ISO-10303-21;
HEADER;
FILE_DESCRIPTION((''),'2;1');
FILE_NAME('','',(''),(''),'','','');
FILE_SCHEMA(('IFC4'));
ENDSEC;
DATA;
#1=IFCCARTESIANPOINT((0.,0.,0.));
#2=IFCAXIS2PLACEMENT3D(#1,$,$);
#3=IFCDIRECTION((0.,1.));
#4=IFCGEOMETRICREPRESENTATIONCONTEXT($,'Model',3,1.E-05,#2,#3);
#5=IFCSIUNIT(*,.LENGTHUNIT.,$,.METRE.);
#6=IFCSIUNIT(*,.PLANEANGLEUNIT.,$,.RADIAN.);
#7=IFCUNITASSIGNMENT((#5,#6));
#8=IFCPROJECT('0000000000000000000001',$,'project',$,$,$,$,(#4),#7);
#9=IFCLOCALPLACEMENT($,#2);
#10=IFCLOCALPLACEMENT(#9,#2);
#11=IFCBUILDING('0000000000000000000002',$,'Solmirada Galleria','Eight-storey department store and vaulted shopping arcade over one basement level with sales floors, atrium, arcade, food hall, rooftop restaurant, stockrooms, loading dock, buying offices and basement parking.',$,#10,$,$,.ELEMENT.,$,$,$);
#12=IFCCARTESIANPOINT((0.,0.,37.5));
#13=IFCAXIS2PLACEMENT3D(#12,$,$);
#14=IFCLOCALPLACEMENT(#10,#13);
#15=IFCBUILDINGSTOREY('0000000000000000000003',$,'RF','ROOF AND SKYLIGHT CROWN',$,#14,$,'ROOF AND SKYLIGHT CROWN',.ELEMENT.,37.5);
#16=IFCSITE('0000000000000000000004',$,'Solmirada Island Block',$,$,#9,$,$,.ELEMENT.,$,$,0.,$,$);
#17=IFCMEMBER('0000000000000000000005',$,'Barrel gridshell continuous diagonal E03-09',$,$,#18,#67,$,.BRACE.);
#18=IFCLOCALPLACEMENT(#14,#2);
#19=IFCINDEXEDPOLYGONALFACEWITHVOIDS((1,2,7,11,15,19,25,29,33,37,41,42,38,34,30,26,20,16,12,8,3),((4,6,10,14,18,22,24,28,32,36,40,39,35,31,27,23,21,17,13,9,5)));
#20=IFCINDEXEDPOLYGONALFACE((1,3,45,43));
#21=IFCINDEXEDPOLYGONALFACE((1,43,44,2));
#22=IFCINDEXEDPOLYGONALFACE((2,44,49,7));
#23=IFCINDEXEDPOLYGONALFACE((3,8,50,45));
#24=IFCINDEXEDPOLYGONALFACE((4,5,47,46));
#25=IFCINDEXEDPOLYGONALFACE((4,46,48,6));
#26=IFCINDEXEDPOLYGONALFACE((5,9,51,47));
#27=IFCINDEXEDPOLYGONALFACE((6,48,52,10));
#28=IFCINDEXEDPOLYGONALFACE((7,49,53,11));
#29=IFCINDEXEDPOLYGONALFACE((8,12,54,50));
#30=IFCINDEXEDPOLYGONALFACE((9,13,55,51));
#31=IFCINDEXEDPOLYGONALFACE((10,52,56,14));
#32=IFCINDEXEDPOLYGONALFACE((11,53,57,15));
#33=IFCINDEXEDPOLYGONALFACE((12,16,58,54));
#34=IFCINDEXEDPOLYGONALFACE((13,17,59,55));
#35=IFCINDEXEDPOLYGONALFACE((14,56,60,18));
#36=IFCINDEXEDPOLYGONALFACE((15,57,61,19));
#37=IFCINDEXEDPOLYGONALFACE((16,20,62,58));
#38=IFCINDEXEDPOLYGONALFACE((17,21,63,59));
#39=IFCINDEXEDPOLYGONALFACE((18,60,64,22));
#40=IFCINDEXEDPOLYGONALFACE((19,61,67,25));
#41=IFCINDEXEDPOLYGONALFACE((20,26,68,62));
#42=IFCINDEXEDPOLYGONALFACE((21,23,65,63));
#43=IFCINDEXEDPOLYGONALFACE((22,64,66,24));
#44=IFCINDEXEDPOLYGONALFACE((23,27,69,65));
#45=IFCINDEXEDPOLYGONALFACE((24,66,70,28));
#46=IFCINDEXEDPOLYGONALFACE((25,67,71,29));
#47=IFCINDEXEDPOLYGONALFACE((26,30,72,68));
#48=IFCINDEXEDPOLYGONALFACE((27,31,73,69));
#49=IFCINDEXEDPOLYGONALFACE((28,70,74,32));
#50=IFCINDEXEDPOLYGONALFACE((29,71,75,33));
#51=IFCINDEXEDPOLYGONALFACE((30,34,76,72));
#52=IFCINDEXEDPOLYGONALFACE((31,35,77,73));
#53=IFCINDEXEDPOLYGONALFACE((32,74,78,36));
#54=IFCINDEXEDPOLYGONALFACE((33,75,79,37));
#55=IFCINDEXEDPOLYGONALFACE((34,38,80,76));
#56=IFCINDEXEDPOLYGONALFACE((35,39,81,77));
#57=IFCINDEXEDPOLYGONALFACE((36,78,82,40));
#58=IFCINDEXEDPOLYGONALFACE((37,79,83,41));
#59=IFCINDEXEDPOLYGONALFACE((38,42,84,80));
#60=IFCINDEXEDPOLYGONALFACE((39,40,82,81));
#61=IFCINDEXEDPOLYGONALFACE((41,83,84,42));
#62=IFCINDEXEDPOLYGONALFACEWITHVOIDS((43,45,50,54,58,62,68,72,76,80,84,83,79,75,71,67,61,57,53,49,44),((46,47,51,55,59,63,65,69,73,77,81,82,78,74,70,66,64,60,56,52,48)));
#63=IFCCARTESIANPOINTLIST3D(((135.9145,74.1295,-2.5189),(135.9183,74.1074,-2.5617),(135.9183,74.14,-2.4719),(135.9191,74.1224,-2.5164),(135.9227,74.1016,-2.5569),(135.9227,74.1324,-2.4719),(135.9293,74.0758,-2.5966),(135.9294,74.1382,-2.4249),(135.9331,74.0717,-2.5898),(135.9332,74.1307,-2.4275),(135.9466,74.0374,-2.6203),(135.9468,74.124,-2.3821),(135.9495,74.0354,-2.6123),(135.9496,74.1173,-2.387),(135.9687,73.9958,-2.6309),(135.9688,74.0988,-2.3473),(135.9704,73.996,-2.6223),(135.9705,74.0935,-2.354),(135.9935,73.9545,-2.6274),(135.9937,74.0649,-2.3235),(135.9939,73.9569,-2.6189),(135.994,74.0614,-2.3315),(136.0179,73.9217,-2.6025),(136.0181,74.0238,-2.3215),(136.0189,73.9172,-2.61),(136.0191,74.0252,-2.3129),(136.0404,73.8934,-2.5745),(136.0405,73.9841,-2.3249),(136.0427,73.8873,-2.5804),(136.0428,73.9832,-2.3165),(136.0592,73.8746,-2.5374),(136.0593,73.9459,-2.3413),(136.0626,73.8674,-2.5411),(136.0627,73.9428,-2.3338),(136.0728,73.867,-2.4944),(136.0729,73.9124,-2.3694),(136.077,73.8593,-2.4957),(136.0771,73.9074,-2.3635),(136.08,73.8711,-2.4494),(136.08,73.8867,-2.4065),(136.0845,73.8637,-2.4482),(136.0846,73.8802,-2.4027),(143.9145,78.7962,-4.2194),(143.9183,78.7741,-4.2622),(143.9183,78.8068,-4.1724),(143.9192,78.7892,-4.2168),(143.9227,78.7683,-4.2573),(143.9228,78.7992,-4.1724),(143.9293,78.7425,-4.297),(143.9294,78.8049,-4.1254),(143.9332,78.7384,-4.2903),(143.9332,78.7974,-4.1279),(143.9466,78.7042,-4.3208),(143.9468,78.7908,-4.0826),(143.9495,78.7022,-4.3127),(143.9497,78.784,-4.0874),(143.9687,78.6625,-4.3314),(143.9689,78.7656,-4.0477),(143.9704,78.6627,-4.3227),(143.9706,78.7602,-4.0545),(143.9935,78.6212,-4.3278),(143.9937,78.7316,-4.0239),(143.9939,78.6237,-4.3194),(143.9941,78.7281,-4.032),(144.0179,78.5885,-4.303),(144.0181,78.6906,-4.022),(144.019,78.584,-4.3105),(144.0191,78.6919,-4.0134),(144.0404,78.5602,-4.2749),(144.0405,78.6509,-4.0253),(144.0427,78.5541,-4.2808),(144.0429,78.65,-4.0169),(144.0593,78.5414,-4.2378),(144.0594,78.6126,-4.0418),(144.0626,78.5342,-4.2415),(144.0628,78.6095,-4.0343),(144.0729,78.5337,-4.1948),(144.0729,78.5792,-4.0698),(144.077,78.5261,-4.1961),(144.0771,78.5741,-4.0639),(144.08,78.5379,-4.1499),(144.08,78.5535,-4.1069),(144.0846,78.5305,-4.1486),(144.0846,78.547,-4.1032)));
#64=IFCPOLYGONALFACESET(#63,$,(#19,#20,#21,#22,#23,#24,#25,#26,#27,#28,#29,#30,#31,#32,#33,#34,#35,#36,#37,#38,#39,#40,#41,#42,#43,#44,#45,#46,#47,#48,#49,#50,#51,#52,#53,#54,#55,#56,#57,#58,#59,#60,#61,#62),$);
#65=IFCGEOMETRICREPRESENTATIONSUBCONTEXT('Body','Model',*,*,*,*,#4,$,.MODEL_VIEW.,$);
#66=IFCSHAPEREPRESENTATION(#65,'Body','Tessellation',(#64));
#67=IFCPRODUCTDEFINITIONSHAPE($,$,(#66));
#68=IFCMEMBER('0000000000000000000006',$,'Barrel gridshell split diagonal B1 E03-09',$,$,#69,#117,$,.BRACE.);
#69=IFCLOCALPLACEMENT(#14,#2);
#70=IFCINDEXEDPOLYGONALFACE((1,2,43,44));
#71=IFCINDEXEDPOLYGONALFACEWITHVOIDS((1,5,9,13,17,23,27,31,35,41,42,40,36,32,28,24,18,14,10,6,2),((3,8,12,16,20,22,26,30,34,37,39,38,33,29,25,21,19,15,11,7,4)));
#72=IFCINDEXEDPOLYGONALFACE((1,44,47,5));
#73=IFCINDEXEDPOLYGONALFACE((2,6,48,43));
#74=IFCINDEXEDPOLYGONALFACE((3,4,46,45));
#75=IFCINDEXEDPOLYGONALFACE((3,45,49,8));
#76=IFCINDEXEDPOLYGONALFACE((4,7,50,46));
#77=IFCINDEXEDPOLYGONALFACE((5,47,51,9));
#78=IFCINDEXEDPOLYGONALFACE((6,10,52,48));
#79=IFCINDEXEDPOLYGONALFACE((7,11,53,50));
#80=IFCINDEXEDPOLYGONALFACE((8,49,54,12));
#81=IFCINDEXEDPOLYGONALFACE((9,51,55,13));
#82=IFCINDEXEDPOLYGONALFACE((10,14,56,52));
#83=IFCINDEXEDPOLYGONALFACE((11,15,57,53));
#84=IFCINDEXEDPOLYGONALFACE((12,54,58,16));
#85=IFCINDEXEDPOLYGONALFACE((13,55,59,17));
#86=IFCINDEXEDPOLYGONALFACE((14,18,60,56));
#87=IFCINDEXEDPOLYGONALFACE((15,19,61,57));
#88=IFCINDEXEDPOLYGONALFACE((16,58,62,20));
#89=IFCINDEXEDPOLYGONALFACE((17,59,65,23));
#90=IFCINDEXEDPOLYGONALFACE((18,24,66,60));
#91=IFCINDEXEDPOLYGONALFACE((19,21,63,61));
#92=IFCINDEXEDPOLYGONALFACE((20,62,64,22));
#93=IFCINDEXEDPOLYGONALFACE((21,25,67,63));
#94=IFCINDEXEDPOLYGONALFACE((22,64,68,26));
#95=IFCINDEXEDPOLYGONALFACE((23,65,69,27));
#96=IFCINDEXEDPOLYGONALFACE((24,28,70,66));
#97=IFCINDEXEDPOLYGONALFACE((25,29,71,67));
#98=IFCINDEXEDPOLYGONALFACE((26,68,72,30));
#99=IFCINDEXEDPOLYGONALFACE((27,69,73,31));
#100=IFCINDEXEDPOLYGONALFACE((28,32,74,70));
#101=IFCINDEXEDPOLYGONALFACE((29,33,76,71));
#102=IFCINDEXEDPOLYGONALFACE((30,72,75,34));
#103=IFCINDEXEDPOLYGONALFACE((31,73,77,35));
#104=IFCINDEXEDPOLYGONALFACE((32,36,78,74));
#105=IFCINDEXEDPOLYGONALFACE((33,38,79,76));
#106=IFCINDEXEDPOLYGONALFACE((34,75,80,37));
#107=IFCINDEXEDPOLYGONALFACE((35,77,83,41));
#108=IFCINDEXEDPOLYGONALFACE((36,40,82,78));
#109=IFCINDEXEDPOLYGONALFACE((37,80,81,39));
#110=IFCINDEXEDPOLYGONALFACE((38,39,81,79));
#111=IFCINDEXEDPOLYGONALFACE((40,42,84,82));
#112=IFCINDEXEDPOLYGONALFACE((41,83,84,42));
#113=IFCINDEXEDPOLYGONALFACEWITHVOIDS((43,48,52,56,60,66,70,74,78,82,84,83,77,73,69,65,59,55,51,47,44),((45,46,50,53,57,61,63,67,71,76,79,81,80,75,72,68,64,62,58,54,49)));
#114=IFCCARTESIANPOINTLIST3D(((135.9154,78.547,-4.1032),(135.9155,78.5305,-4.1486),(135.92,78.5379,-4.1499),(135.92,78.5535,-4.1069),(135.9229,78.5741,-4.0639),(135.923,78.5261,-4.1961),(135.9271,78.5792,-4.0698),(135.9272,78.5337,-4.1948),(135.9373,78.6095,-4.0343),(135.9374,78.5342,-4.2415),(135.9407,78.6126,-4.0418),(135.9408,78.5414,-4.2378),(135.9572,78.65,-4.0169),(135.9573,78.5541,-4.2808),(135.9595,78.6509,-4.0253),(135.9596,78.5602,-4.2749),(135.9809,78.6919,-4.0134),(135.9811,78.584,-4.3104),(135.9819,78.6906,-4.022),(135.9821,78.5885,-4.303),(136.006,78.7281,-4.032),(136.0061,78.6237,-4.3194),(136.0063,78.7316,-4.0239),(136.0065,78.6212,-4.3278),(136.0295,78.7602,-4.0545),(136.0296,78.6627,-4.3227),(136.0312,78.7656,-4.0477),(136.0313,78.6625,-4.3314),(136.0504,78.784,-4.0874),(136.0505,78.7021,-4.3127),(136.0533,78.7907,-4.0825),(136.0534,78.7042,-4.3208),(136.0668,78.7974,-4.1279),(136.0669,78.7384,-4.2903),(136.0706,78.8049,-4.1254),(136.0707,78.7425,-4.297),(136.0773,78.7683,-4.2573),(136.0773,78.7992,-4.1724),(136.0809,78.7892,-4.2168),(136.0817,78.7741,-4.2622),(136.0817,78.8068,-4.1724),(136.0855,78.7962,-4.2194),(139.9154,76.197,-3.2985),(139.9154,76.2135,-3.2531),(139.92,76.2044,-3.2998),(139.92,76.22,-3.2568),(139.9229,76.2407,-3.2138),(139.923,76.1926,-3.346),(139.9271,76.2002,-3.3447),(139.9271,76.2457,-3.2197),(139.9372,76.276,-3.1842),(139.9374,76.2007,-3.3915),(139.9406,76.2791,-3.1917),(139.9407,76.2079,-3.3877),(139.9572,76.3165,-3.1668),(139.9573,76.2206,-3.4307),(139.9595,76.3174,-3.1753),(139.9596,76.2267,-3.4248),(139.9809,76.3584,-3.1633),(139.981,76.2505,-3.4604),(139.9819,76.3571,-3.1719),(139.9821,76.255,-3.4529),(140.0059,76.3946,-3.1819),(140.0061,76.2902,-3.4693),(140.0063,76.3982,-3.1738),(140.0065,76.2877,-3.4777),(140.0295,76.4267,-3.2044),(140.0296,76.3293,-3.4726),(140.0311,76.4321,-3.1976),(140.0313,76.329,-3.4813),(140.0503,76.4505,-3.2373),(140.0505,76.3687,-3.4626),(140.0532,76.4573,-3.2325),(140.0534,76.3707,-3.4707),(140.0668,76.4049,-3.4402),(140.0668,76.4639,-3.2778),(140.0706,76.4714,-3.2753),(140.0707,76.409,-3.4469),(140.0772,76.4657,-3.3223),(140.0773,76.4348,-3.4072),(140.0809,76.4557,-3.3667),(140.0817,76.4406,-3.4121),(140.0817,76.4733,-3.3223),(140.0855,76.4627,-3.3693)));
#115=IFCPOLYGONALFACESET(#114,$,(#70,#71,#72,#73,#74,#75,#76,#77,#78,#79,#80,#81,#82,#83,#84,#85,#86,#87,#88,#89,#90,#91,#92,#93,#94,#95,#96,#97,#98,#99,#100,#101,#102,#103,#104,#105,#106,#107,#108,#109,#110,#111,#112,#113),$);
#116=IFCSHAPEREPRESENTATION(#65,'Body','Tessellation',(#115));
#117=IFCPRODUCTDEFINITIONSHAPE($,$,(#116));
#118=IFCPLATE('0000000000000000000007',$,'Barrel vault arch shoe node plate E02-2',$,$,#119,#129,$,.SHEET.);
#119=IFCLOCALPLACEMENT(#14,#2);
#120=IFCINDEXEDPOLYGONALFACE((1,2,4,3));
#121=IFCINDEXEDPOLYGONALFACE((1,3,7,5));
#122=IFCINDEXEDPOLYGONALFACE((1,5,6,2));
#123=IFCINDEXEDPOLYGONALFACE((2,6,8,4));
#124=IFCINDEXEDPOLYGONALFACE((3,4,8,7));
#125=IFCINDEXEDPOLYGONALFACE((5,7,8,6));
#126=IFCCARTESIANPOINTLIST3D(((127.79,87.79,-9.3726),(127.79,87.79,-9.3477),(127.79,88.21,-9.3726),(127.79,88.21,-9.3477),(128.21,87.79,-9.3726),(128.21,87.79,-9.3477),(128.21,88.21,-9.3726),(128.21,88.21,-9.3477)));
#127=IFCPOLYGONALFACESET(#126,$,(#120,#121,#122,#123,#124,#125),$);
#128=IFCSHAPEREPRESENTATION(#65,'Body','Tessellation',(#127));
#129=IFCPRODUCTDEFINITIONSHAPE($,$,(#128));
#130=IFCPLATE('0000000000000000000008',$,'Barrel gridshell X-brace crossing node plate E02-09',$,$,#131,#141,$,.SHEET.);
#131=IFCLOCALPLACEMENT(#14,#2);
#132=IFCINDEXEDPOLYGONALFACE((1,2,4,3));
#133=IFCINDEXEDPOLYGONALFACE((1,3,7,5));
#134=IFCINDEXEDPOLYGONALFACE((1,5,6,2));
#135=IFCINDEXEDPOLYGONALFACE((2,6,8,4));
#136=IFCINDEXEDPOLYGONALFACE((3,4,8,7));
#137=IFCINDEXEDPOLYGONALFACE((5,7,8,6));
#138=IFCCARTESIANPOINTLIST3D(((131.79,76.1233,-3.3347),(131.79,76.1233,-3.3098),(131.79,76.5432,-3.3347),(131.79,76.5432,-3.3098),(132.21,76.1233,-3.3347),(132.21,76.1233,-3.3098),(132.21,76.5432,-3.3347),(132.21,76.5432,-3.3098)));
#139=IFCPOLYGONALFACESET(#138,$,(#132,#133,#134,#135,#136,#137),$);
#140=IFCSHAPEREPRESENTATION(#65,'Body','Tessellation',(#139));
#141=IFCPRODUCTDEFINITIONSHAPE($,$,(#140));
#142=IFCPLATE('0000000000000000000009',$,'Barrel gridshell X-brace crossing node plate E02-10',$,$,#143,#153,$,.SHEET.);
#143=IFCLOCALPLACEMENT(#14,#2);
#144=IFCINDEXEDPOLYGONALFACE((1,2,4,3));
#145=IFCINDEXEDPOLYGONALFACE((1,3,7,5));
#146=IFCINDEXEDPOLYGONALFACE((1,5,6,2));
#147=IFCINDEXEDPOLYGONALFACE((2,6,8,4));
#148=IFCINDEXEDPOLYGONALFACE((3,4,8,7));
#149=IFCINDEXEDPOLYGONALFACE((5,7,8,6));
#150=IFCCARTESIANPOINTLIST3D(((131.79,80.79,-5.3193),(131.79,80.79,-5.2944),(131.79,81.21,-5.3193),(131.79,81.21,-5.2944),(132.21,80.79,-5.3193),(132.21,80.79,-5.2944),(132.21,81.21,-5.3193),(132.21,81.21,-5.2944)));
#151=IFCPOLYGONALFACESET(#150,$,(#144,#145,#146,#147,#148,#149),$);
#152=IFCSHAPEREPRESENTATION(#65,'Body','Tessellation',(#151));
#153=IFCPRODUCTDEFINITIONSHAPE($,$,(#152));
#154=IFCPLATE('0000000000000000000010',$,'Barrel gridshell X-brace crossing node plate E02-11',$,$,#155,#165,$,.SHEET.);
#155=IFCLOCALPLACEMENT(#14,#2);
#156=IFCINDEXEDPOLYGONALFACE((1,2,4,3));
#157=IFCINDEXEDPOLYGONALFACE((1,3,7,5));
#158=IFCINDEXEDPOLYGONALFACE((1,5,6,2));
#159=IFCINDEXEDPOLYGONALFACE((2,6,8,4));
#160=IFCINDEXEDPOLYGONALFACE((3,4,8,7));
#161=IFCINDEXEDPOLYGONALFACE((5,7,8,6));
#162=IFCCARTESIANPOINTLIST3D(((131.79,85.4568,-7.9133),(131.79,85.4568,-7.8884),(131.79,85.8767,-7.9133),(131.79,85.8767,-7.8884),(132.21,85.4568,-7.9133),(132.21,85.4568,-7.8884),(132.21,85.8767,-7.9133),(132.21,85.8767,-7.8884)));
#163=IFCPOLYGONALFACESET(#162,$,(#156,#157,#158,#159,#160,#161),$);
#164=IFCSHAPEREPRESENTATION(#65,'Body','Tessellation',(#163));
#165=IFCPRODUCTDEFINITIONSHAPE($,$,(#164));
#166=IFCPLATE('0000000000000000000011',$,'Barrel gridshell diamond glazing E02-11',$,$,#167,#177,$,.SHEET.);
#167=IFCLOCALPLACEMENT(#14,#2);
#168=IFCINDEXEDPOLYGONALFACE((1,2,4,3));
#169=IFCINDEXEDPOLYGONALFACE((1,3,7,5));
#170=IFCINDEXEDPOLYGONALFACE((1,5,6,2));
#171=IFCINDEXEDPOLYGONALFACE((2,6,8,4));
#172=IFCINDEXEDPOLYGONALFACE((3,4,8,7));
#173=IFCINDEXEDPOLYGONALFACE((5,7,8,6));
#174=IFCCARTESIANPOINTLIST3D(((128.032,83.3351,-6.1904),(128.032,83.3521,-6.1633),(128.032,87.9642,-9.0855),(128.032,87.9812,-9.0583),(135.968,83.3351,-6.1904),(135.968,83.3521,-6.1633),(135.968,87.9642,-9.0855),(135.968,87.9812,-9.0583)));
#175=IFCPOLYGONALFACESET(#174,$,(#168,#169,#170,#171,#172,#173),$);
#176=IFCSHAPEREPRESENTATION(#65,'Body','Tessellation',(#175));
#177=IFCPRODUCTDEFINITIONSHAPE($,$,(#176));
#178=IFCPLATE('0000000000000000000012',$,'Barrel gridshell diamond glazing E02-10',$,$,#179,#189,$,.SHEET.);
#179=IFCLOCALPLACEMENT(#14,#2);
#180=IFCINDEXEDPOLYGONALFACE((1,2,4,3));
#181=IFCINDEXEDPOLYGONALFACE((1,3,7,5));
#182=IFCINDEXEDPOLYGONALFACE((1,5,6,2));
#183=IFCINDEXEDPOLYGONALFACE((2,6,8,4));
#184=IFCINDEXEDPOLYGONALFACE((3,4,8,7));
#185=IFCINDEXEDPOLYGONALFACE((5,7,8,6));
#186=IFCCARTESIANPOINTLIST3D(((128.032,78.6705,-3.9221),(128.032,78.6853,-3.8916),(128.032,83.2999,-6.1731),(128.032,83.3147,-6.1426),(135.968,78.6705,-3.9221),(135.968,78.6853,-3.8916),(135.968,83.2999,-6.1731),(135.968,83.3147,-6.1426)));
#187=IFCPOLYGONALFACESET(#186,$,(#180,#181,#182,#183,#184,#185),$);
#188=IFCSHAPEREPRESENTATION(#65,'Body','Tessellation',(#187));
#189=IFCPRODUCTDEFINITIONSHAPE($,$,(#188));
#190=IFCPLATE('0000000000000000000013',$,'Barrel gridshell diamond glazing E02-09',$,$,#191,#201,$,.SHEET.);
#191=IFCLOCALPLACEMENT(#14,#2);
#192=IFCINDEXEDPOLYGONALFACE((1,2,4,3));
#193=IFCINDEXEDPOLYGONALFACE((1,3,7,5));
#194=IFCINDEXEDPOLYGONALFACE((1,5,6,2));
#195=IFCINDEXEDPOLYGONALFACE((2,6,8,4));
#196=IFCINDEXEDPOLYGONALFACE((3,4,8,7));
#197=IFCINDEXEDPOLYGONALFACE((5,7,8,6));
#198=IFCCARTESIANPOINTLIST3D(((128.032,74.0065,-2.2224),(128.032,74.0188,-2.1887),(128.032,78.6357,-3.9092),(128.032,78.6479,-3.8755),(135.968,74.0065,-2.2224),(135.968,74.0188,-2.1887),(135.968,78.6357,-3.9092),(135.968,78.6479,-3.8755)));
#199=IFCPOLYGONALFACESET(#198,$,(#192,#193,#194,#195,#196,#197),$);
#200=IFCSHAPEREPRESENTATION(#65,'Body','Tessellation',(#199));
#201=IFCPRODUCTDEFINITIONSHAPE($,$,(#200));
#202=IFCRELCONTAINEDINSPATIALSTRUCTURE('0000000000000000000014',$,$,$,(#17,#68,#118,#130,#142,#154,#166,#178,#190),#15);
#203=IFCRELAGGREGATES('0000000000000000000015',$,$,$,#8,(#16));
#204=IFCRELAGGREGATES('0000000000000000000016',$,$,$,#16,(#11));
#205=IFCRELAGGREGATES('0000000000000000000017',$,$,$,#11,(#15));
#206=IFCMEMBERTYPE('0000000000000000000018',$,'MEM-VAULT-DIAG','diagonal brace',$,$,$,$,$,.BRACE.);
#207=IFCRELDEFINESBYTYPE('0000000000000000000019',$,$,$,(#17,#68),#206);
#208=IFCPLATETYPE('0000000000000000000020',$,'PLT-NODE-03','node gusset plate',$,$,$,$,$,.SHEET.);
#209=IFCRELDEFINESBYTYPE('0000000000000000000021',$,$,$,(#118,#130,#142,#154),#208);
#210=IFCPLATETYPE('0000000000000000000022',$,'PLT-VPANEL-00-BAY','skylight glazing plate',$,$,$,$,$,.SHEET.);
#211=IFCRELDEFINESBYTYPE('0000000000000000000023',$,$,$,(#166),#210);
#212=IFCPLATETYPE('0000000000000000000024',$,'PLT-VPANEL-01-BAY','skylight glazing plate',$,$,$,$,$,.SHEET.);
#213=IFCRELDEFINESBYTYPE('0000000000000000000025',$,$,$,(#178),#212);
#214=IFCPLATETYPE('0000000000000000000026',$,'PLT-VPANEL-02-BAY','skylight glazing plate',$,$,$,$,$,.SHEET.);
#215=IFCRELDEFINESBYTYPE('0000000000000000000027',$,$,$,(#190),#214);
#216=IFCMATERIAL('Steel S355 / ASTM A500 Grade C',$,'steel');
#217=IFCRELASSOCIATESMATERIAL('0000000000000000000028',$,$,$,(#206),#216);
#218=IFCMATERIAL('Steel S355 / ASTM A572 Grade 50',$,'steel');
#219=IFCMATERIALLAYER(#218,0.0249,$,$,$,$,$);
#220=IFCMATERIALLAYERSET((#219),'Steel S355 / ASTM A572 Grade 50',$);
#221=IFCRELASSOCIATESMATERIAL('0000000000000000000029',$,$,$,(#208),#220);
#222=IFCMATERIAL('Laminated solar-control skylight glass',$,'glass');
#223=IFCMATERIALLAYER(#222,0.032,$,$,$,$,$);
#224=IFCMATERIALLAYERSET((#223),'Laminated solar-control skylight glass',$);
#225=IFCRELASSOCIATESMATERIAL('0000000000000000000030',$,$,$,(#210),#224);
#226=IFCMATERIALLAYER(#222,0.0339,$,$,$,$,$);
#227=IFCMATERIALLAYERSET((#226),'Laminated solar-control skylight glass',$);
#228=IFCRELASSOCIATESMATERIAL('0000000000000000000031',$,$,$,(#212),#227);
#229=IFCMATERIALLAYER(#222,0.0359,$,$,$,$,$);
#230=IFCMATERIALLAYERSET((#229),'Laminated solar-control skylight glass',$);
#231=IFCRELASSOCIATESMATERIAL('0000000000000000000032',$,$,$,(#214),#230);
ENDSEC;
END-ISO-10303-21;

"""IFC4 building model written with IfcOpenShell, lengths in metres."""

from ifc_helpers import new_model, si_unit, direction, frame, origin, origin_2d, place, context, subcontext, project, spatial, polyline, rectangle, hollow_circle, outline, extrude, material, layer, layer_set, material_profile, profile_set, type_object, element, save


model = new_model("IFC4")

# Units and contexts
model_context = context("Model", 3, precision=1e-05, world=origin(), true_north=direction((0.0, 1.0)))
body_context = subcontext(model_context, "Body", "Model", "MODEL_VIEW")
ifc_project = project(units=[si_unit("LENGTHUNIT", "METRE"), si_unit("PLANEANGLEUNIT", "RADIAN")], contexts=[model_context])

# Site, building, storey
site_placement = place(None, origin())
site = spatial("IfcSite", under=ifc_project, at=site_placement, Name="Solmirada Island Block", CompositionType="ELEMENT", RefElevation=0.0)
building_placement = place(site_placement, origin())
building = spatial("IfcBuilding", under=site, at=building_placement, Name="Solmirada Galleria", Description="Eight-storey department store and vaulted shopping arcade over one basement level with sales floors, atrium, arcade, food hall, rooftop restaurant, stockrooms, loading dock, buying offices and basement parking.", CompositionType="ELEMENT")
storey_placement = place(building_placement, frame((0.0, 0.0, 37.5)))
storey = spatial("IfcBuildingStorey", under=building, at=storey_placement, Name="RF", Description="ROOF AND SKYLIGHT CROWN", LongName="ROOF AND SKYLIGHT CROWN", CompositionType="ELEMENT", Elevation=37.5)

# Members
ifc_material_1 = material(Name="Steel S355 / ASTM A500 Grade C", Category="steel")
ifc_material_profile_1 = material_profile(ifc_material_1, hollow_circle(Radius=0.1621, WallThickness=0.0088, at=origin_2d()), Name="HSS12.750X0.375")
ifc_profile_set_1 = profile_set([ifc_material_profile_1], Name="Steel S355 / ASTM A500 Grade C")
member_type_1 = type_object("IfcMemberType", Name="MEM-VAULT-DIAG", Description="diagonal brace", PredefinedType="BRACE", material=ifc_profile_set_1)
member_1_placement = place(storey_placement, frame((136.0, 74.0, -2.4719), z_axis=(0.849575, 0.495594, -0.180581), x_axis=(-0.503878, 0.863775, 0.0)))
element("IfcMember", 1, at=member_1_placement, inside=storey, type_object=member_type_1, Name="Barrel gridshell continuous diagonal E03-09", PredefinedType="BRACE", context=body_context, shape_type="SweptSolid", body=[
    extrude(hollow_circle(Radius=0.1621, WallThickness=0.0088, at=origin_2d()), origin(), (0.0, 0.0, 1.0), 9.4165),
])
member_2_placement = place(storey_placement, frame((136.0, 78.6667, -4.1724), z_axis=(0.849568, -0.495616, 0.180554), x_axis=(0.503897, 0.863764, 0.0)))
element("IfcMember", 2, at=member_2_placement, inside=storey, type_object=member_type_1, Name="Barrel gridshell split diagonal B1 E03-09", PredefinedType="BRACE", context=body_context, shape_type="SweptSolid", body=[
    extrude(hollow_circle(Radius=0.1621, WallThickness=0.0088, at=origin_2d()), origin(), (0.0, 0.0, 1.0), 4.7083),
])

# Plates
ifc_material_2 = material(Name="Steel S355 / ASTM A572 Grade 50", Category="steel")
ifc_layer_1 = layer(ifc_material_2, 0.0249)
ifc_layer_set_1 = layer_set([ifc_layer_1], Name="Steel S355 / ASTM A572 Grade 50")
plate_type_1 = type_object("IfcPlateType", Name="PLT-NODE-03", Description="node gusset plate", PredefinedType="SHEET", material=ifc_layer_set_1)
for number, where, z_axis, x_axis, name in (
    (3, (128.0, 88.0, -9.3726), (0.0, 0.0, 1.0), (1.0, 0.0, 0.0), "Barrel vault arch shoe node plate E02-2"),
    (4, (132.0, 76.3333, -3.3347), (0.0, 0.0, 1.0), (1.0, 0.0, 0.0), "Barrel gridshell X-brace crossing node plate E02-09"),
    (5, (132.0, 81.0, -5.3193), (0.0, 0.0, 1.0), (1.0, 0.0, 0.0), "Barrel gridshell X-brace crossing node plate E02-10"),
    (6, (132.0, 85.6667, -7.9133), (0.0, 0.0, 1.0), (1.0, 0.0, 0.0), "Barrel gridshell X-brace crossing node plate E02-11"),
):
    element("IfcPlate", number, at=place(storey_placement, frame(where, z_axis=z_axis, x_axis=x_axis)), inside=storey, type_object=plate_type_1, Name=name, PredefinedType="SHEET", context=body_context, shape_type="SweptSolid", body=[
        extrude(rectangle(XDim=0.4199, YDim=0.4199, at=origin_2d()), origin(), (0.0, 0.0, 1.0), 0.0249),
    ])
ifc_material_3 = material(Name="Laminated solar-control skylight glass", Category="glass")
ifc_layer_2 = layer(ifc_material_3, 0.032)
ifc_layer_set_2 = layer_set([ifc_layer_2], Name="Laminated solar-control skylight glass")
plate_type_2 = type_object("IfcPlateType", Name="PLT-VPANEL-00-BAY", Description="skylight glazing plate", PredefinedType="SHEET", material=ifc_layer_set_2)
plate_1_placement = place(storey_placement, frame((128.032, 83.3521, -6.1633), z_axis=(0.0, 0.530236, 0.84785), x_axis=(1.0, 0.0, 0.0)))
element("IfcPlate", 7, at=plate_1_placement, inside=storey, type_object=plate_type_2, Name="Barrel gridshell diamond glazing E02-11", PredefinedType="SHEET", context=body_context, shape_type="SweptSolid", body=[
    extrude(outline(polyline([(0.0, 0.0), (7.936, 0.0), (7.936, 5.4599), (0.0, 5.4599), (0.0, 0.0)])), origin(), (0.0, 0.0, -1.0), 0.032),
])
ifc_layer_3 = layer(ifc_material_3, 0.0339)
ifc_layer_set_3 = layer_set([ifc_layer_3], Name="Laminated solar-control skylight glass")
plate_type_3 = type_object("IfcPlateType", Name="PLT-VPANEL-01-BAY", Description="skylight glazing plate", PredefinedType="SHEET", material=ifc_layer_set_3)
plate_2_placement = place(storey_placement, frame((128.032, 78.6853, -3.8916), z_axis=(0.0, 0.437283, 0.899324), x_axis=(1.0, 0.0, 0.0)))
element("IfcPlate", 8, at=plate_2_placement, inside=storey, type_object=plate_type_3, Name="Barrel gridshell diamond glazing E02-10", PredefinedType="SHEET", context=body_context, shape_type="SweptSolid", body=[
    extrude(outline(polyline([(0.0, 0.0), (7.936, 0.0), (7.936, 5.1476), (0.0, 5.1476), (0.0, 0.0)])), origin(), (0.0, 0.0, -1.0), 0.0339),
])
ifc_layer_4 = layer(ifc_material_3, 0.0359)
ifc_layer_set_4 = layer_set([ifc_layer_4], Name="Laminated solar-control skylight glass")
plate_type_4 = type_object("IfcPlateType", Name="PLT-VPANEL-02-BAY", Description="skylight glazing plate", PredefinedType="SHEET", material=ifc_layer_set_4)
plate_3_placement = place(storey_placement, frame((128.032, 74.0188, -2.1887), z_axis=(0.0, 0.34236, 0.939569), x_axis=(1.0, 0.0, 0.0)))
element("IfcPlate", 9, at=plate_3_placement, inside=storey, type_object=plate_type_4, Name="Barrel gridshell diamond glazing E02-09", PredefinedType="SHEET", context=body_context, shape_type="SweptSolid", body=[
    extrude(outline(polyline([(0.0, 0.0), (7.936, 0.0), (7.936, 4.9269), (0.0, 4.9269), (0.0, 0.0)])), origin(), (0.0, 0.0, -1.0), 0.0359),
])

save(model, "model.ifc")
